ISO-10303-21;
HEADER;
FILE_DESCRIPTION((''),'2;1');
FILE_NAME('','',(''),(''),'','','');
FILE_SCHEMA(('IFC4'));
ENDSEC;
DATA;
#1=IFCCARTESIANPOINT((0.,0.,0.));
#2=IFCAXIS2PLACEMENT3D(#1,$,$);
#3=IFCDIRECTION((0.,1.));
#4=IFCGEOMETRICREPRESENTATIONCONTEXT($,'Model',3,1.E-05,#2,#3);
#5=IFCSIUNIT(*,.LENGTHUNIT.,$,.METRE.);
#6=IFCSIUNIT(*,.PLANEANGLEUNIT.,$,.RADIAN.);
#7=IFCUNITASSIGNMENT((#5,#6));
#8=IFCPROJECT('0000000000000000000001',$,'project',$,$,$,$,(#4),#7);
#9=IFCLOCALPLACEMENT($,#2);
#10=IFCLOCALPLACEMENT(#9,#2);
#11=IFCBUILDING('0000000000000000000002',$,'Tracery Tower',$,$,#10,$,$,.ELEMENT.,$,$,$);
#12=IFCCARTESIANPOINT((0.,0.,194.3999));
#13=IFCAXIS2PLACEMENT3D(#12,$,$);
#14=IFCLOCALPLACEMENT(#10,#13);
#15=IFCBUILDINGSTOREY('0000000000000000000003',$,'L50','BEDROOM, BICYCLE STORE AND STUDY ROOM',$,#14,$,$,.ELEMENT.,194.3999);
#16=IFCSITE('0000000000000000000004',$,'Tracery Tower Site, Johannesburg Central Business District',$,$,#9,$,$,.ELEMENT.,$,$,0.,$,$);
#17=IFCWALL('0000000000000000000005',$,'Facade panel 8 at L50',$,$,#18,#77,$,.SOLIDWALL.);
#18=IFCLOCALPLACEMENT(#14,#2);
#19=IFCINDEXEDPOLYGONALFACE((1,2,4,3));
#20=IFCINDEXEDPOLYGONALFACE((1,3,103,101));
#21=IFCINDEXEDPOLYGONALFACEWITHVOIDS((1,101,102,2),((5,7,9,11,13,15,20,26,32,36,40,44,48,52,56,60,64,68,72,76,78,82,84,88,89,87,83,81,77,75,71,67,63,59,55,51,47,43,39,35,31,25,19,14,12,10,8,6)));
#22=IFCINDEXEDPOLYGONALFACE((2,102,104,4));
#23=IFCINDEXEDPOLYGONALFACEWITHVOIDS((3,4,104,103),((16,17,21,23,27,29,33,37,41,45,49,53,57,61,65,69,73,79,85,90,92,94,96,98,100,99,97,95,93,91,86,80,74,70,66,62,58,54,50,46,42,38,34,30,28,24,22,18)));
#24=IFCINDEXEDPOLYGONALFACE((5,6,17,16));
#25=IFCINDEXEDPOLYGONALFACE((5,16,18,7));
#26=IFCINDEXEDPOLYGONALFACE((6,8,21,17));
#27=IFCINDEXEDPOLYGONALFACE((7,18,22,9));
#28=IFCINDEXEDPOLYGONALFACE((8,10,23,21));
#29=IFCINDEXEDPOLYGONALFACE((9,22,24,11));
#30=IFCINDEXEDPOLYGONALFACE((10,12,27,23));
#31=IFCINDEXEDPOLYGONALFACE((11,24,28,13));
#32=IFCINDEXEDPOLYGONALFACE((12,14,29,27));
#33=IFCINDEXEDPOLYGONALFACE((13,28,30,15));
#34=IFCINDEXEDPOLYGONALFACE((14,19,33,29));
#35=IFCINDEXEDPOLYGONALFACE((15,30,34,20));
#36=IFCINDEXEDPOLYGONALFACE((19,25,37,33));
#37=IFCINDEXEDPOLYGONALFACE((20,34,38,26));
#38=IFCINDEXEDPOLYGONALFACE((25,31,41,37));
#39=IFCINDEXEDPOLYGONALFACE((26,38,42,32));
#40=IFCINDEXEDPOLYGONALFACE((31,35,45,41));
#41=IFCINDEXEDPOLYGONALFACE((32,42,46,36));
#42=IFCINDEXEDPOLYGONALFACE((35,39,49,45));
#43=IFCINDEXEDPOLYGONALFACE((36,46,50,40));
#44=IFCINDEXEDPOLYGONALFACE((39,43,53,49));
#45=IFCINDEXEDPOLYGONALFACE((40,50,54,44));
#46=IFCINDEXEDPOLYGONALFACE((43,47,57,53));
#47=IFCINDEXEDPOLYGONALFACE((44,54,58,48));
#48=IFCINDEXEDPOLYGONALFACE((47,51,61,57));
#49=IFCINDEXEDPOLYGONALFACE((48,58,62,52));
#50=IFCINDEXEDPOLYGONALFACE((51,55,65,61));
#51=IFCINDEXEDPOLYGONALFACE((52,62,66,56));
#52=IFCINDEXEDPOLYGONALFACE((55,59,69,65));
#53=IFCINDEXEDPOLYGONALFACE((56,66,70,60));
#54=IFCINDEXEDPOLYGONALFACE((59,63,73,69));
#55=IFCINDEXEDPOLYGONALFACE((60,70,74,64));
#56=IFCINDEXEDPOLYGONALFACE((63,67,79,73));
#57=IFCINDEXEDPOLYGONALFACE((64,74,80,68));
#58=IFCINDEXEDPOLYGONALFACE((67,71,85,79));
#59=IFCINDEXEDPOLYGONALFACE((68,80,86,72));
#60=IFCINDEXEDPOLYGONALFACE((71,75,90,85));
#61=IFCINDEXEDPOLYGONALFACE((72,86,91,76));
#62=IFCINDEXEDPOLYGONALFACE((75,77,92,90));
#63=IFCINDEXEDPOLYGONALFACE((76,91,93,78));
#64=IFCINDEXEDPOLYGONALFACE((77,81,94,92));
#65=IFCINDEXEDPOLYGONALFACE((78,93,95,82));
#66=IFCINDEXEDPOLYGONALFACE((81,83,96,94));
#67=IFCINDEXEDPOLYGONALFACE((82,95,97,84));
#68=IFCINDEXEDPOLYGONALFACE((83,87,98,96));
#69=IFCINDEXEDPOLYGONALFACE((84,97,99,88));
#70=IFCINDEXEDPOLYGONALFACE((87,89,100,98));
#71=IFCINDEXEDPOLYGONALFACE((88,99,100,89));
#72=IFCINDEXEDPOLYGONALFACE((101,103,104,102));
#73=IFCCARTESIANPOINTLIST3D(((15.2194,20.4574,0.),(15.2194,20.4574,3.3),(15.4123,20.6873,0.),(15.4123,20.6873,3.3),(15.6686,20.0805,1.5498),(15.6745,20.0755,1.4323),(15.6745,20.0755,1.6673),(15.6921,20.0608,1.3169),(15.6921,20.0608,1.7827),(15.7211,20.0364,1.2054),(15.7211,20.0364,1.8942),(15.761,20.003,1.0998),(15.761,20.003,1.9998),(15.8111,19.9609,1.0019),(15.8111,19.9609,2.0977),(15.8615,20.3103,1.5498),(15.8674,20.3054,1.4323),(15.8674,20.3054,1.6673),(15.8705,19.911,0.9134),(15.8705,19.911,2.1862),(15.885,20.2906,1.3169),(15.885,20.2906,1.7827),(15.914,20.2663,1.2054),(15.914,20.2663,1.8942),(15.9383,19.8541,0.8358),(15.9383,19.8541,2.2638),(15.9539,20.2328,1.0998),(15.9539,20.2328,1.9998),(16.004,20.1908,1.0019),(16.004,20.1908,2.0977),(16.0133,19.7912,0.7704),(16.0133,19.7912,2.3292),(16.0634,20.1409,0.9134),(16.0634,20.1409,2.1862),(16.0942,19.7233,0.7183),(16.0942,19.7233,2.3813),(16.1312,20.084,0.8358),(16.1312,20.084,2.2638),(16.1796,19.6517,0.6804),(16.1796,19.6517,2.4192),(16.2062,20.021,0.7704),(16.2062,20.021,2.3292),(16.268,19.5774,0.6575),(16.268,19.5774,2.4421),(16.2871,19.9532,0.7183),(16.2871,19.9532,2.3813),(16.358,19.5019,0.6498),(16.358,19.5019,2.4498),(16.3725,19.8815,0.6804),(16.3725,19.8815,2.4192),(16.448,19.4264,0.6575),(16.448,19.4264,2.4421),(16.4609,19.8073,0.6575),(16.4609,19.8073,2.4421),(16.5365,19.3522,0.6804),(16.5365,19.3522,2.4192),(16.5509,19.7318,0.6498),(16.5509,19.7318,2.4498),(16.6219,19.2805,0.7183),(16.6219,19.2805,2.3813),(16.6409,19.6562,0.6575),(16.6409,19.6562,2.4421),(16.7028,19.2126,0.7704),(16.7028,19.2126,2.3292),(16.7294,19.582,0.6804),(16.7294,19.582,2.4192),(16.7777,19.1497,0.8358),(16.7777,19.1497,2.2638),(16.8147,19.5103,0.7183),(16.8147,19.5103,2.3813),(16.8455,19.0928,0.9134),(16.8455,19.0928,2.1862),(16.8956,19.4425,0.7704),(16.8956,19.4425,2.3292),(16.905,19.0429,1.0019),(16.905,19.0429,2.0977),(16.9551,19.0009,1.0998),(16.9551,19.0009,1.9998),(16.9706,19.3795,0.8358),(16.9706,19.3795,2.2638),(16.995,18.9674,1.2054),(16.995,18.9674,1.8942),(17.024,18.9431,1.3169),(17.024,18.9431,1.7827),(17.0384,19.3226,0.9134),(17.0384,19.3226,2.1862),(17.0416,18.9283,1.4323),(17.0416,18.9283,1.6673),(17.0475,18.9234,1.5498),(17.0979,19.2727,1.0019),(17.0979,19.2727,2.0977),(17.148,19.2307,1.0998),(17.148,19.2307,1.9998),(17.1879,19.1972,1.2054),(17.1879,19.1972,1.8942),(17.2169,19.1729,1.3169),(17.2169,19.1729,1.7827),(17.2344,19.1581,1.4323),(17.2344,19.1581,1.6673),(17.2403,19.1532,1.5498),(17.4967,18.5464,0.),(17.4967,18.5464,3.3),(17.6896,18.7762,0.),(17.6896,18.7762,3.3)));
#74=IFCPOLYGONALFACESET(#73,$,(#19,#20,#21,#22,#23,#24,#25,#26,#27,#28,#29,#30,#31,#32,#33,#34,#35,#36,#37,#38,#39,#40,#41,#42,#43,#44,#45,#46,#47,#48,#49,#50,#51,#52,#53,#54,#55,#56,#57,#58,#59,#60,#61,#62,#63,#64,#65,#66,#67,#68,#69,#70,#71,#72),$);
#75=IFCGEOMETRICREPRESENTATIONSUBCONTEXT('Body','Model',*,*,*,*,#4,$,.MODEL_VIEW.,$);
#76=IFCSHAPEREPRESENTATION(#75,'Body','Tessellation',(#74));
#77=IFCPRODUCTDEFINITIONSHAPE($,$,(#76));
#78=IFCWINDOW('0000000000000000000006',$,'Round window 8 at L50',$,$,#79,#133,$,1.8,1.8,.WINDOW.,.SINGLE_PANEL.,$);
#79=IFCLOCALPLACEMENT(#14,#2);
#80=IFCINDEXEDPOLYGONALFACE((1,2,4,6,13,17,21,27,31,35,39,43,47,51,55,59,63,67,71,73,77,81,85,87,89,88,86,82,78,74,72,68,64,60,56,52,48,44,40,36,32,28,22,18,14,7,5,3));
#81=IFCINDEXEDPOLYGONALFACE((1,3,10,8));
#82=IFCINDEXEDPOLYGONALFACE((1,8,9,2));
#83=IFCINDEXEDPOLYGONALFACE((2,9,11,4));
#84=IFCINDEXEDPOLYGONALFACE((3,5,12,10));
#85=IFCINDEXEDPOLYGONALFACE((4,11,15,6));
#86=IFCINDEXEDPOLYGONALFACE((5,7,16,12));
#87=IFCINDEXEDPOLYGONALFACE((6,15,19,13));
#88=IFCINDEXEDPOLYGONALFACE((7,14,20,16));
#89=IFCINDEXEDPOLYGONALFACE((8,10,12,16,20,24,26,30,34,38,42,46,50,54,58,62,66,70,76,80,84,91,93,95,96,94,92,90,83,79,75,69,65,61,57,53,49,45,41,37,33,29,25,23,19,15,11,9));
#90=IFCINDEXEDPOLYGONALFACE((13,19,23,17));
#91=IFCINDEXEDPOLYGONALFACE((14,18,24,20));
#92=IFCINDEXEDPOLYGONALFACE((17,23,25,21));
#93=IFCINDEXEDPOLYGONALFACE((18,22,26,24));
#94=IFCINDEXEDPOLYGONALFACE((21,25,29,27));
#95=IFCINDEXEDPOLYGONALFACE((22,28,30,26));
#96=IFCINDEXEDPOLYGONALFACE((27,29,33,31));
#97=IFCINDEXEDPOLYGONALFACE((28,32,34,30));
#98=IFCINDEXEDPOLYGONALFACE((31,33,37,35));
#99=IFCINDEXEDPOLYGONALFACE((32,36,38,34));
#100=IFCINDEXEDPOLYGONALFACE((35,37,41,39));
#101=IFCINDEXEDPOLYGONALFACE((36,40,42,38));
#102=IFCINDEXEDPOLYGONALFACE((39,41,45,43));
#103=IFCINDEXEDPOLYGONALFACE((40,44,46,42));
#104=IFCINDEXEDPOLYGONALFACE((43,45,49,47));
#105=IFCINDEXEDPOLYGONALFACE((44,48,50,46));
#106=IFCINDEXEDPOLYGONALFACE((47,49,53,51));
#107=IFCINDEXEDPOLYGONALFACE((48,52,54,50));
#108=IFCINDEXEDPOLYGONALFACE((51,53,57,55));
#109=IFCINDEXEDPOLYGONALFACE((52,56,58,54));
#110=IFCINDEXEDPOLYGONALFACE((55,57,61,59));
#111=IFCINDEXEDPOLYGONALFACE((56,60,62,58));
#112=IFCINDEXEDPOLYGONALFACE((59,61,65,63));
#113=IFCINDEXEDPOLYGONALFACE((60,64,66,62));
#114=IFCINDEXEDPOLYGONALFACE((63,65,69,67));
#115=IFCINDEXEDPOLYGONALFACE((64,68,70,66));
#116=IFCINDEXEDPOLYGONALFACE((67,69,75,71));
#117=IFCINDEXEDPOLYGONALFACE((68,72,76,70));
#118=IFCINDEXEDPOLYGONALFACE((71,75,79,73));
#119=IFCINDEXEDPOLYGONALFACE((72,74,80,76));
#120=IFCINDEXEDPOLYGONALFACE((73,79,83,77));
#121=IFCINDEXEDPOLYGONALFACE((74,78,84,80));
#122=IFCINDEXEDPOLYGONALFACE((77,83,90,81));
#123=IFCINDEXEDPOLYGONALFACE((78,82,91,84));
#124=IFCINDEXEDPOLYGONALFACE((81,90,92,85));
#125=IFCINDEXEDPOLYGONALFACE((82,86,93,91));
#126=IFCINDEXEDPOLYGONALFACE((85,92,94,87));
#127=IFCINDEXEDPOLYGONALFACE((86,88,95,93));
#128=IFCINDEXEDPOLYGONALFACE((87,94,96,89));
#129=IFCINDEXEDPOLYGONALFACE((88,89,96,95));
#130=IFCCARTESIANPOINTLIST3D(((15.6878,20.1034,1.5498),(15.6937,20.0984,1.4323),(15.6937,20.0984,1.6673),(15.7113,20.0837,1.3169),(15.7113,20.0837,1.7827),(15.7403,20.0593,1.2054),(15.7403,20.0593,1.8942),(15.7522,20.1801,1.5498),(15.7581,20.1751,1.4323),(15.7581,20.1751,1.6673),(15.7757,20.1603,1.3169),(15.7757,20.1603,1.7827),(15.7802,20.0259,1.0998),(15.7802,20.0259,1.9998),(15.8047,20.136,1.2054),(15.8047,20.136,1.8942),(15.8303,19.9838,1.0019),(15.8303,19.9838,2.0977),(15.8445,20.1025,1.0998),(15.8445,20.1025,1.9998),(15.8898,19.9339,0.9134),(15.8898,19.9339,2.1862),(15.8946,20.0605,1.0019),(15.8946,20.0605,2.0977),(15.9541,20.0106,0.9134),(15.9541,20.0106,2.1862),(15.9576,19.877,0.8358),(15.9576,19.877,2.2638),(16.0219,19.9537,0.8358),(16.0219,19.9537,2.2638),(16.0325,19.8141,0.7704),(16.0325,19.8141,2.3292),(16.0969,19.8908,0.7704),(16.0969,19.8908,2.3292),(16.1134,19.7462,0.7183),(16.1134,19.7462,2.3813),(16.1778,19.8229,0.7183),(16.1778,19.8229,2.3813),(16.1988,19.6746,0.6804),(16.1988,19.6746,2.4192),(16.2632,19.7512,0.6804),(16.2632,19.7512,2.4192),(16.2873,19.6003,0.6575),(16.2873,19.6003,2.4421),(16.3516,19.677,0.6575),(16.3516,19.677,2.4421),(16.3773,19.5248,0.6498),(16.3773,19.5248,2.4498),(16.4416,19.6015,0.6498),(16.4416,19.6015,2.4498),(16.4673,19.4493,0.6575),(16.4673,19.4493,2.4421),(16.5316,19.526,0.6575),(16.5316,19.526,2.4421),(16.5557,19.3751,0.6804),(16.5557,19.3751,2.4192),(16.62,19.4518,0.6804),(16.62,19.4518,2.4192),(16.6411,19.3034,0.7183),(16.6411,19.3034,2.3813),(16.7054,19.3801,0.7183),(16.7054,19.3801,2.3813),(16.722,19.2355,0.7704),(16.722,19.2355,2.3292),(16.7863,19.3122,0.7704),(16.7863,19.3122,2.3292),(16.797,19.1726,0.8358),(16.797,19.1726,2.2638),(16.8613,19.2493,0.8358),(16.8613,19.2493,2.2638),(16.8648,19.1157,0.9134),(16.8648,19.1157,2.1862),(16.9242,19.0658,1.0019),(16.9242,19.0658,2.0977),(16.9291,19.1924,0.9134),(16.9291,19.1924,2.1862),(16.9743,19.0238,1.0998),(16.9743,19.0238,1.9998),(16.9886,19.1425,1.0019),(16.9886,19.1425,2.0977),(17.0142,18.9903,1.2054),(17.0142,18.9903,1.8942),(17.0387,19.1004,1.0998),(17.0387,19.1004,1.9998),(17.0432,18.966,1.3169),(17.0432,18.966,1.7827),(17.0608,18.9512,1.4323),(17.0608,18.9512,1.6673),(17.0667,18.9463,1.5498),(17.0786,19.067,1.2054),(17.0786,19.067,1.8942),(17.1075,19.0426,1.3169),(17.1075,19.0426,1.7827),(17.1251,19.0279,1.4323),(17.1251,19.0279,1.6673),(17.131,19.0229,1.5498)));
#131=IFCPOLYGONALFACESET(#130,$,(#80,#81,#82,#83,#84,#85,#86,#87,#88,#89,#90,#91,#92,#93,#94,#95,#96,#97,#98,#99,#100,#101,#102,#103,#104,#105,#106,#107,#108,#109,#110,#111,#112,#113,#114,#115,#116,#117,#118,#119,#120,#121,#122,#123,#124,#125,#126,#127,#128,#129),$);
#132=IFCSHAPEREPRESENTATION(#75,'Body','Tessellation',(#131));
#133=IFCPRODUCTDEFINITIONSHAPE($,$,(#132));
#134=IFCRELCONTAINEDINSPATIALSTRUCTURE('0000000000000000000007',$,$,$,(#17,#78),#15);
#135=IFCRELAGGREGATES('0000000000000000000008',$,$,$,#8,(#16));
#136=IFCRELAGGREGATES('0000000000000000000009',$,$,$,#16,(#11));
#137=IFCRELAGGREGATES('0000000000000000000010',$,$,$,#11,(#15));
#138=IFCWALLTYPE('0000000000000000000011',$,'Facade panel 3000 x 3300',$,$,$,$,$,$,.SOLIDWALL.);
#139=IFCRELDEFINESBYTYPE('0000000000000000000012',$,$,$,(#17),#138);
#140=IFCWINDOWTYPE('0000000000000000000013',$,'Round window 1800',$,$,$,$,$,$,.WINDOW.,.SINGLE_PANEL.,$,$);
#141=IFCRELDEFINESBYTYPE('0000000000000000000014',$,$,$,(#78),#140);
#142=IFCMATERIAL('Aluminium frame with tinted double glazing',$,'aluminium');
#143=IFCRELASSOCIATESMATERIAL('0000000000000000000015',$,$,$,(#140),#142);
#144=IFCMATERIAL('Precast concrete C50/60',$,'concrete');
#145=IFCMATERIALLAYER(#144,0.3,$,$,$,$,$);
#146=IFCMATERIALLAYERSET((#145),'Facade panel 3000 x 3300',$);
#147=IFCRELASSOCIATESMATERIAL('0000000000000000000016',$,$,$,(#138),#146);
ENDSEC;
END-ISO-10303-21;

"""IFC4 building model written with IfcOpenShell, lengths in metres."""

from ifc_helpers import new_model, si_unit, direction, frame, frame_2d, origin, origin_2d, place, context, subcontext, project, spatial, rectangle, circle, extrude, material, layer, layer_set, type_object, element, fill, save


model = new_model("IFC4")

# Units and contexts
model_context = context("Model", 3, precision=1e-05, world=origin(), true_north=direction((0.0, 1.0)))
body_context = subcontext(model_context, "Body", "Model", "MODEL_VIEW")
ifc_project = project(units=[si_unit("LENGTHUNIT", "METRE"), si_unit("PLANEANGLEUNIT", "RADIAN")], contexts=[model_context])

# Site, building, storey
site_placement = place(None, origin())
site = spatial("IfcSite", under=ifc_project, at=site_placement, Name="Tracery Tower Site, Johannesburg Central Business District", CompositionType="ELEMENT", RefElevation=0.0)
building_placement = place(site_placement, origin())
building = spatial("IfcBuilding", under=site, at=building_placement, Name="Tracery Tower", CompositionType="ELEMENT")
storey_placement = place(building_placement, frame((0.0, 0.0, 194.3999)))
storey = spatial("IfcBuildingStorey", under=building, at=storey_placement, Name="L50", Description="BEDROOM, BICYCLE STORE AND STUDY ROOM", CompositionType="ELEMENT", Elevation=194.3999)

# Wall, opening, window
ifc_material_1 = material(Name="Aluminium frame with tinted double glazing", Category="aluminium")
window_type = type_object("IfcWindowType", Name="Round window 1800", PartitioningType="SINGLE_PANEL", PredefinedType="WINDOW", material=ifc_material_1)
ifc_material_2 = material(Name="Precast concrete C50/60", Category="concrete")
ifc_layer_1 = layer(ifc_material_2, 0.3)
ifc_layer_set_1 = layer_set([ifc_layer_1], Name="Facade panel 3000 x 3300")
wall_type_1 = type_object("IfcWallType", Name="Facade panel 3000 x 3300", PredefinedType="SOLIDWALL", material=ifc_layer_set_1)
wall_1_placement = place(storey_placement, frame((17.593, 18.6614, 0.0), z_axis=(0.0, 0.0, 1.0), x_axis=(-0.766009, 0.64283, 0.0)))
wall_1 = element("IfcWall", 1, at=wall_1_placement, inside=storey, type_object=wall_type_1, Name="Facade panel 8 at L50", PredefinedType="SOLIDWALL", context=body_context, shape_type="SweptSolid", body=[
    extrude(rectangle(XDim=2.9729, YDim=0.3, at=frame_2d((1.4863, 0.0))), origin(), (0.0, 0.0, 1.0), 3.3),
])
opening_1_placement = place(wall_1_placement, frame((1.4863, 0.0, 1.5498)))
opening_1 = element("IfcOpeningElement", 2, at=opening_1_placement, cuts=wall_1, PredefinedType="OPENING", context=body_context, shape_type="SweptSolid", body=[
    extrude(circle(Radius=0.9, at=origin_2d()), frame((0.0, 0.1599, 0.0), z_axis=(0.0, -1.0, 0.0), x_axis=(1.0, 0.0, 0.0)), (0.0, 0.0, 1.0), 0.3201),
])
window_1_placement = place(opening_1_placement, origin())
window_1 = element("IfcWindow", 3, at=window_1_placement, inside=storey, type_object=window_type, Name="Round window 8 at L50", OverallHeight=1.8, OverallWidth=1.8, PartitioningType="SINGLE_PANEL", PredefinedType="WINDOW", context=body_context, shape_type="SweptSolid", body=[
    extrude(circle(Radius=0.9, at=origin_2d()), frame((0.0, 0.1201, 0.0), z_axis=(0.0, -1.0, 0.0), x_axis=(1.0, 0.0, 0.0)), (0.0, 0.0, 1.0), 0.1001),
])
fill(opening_1, window_1)

save(model, "model.ifc")
